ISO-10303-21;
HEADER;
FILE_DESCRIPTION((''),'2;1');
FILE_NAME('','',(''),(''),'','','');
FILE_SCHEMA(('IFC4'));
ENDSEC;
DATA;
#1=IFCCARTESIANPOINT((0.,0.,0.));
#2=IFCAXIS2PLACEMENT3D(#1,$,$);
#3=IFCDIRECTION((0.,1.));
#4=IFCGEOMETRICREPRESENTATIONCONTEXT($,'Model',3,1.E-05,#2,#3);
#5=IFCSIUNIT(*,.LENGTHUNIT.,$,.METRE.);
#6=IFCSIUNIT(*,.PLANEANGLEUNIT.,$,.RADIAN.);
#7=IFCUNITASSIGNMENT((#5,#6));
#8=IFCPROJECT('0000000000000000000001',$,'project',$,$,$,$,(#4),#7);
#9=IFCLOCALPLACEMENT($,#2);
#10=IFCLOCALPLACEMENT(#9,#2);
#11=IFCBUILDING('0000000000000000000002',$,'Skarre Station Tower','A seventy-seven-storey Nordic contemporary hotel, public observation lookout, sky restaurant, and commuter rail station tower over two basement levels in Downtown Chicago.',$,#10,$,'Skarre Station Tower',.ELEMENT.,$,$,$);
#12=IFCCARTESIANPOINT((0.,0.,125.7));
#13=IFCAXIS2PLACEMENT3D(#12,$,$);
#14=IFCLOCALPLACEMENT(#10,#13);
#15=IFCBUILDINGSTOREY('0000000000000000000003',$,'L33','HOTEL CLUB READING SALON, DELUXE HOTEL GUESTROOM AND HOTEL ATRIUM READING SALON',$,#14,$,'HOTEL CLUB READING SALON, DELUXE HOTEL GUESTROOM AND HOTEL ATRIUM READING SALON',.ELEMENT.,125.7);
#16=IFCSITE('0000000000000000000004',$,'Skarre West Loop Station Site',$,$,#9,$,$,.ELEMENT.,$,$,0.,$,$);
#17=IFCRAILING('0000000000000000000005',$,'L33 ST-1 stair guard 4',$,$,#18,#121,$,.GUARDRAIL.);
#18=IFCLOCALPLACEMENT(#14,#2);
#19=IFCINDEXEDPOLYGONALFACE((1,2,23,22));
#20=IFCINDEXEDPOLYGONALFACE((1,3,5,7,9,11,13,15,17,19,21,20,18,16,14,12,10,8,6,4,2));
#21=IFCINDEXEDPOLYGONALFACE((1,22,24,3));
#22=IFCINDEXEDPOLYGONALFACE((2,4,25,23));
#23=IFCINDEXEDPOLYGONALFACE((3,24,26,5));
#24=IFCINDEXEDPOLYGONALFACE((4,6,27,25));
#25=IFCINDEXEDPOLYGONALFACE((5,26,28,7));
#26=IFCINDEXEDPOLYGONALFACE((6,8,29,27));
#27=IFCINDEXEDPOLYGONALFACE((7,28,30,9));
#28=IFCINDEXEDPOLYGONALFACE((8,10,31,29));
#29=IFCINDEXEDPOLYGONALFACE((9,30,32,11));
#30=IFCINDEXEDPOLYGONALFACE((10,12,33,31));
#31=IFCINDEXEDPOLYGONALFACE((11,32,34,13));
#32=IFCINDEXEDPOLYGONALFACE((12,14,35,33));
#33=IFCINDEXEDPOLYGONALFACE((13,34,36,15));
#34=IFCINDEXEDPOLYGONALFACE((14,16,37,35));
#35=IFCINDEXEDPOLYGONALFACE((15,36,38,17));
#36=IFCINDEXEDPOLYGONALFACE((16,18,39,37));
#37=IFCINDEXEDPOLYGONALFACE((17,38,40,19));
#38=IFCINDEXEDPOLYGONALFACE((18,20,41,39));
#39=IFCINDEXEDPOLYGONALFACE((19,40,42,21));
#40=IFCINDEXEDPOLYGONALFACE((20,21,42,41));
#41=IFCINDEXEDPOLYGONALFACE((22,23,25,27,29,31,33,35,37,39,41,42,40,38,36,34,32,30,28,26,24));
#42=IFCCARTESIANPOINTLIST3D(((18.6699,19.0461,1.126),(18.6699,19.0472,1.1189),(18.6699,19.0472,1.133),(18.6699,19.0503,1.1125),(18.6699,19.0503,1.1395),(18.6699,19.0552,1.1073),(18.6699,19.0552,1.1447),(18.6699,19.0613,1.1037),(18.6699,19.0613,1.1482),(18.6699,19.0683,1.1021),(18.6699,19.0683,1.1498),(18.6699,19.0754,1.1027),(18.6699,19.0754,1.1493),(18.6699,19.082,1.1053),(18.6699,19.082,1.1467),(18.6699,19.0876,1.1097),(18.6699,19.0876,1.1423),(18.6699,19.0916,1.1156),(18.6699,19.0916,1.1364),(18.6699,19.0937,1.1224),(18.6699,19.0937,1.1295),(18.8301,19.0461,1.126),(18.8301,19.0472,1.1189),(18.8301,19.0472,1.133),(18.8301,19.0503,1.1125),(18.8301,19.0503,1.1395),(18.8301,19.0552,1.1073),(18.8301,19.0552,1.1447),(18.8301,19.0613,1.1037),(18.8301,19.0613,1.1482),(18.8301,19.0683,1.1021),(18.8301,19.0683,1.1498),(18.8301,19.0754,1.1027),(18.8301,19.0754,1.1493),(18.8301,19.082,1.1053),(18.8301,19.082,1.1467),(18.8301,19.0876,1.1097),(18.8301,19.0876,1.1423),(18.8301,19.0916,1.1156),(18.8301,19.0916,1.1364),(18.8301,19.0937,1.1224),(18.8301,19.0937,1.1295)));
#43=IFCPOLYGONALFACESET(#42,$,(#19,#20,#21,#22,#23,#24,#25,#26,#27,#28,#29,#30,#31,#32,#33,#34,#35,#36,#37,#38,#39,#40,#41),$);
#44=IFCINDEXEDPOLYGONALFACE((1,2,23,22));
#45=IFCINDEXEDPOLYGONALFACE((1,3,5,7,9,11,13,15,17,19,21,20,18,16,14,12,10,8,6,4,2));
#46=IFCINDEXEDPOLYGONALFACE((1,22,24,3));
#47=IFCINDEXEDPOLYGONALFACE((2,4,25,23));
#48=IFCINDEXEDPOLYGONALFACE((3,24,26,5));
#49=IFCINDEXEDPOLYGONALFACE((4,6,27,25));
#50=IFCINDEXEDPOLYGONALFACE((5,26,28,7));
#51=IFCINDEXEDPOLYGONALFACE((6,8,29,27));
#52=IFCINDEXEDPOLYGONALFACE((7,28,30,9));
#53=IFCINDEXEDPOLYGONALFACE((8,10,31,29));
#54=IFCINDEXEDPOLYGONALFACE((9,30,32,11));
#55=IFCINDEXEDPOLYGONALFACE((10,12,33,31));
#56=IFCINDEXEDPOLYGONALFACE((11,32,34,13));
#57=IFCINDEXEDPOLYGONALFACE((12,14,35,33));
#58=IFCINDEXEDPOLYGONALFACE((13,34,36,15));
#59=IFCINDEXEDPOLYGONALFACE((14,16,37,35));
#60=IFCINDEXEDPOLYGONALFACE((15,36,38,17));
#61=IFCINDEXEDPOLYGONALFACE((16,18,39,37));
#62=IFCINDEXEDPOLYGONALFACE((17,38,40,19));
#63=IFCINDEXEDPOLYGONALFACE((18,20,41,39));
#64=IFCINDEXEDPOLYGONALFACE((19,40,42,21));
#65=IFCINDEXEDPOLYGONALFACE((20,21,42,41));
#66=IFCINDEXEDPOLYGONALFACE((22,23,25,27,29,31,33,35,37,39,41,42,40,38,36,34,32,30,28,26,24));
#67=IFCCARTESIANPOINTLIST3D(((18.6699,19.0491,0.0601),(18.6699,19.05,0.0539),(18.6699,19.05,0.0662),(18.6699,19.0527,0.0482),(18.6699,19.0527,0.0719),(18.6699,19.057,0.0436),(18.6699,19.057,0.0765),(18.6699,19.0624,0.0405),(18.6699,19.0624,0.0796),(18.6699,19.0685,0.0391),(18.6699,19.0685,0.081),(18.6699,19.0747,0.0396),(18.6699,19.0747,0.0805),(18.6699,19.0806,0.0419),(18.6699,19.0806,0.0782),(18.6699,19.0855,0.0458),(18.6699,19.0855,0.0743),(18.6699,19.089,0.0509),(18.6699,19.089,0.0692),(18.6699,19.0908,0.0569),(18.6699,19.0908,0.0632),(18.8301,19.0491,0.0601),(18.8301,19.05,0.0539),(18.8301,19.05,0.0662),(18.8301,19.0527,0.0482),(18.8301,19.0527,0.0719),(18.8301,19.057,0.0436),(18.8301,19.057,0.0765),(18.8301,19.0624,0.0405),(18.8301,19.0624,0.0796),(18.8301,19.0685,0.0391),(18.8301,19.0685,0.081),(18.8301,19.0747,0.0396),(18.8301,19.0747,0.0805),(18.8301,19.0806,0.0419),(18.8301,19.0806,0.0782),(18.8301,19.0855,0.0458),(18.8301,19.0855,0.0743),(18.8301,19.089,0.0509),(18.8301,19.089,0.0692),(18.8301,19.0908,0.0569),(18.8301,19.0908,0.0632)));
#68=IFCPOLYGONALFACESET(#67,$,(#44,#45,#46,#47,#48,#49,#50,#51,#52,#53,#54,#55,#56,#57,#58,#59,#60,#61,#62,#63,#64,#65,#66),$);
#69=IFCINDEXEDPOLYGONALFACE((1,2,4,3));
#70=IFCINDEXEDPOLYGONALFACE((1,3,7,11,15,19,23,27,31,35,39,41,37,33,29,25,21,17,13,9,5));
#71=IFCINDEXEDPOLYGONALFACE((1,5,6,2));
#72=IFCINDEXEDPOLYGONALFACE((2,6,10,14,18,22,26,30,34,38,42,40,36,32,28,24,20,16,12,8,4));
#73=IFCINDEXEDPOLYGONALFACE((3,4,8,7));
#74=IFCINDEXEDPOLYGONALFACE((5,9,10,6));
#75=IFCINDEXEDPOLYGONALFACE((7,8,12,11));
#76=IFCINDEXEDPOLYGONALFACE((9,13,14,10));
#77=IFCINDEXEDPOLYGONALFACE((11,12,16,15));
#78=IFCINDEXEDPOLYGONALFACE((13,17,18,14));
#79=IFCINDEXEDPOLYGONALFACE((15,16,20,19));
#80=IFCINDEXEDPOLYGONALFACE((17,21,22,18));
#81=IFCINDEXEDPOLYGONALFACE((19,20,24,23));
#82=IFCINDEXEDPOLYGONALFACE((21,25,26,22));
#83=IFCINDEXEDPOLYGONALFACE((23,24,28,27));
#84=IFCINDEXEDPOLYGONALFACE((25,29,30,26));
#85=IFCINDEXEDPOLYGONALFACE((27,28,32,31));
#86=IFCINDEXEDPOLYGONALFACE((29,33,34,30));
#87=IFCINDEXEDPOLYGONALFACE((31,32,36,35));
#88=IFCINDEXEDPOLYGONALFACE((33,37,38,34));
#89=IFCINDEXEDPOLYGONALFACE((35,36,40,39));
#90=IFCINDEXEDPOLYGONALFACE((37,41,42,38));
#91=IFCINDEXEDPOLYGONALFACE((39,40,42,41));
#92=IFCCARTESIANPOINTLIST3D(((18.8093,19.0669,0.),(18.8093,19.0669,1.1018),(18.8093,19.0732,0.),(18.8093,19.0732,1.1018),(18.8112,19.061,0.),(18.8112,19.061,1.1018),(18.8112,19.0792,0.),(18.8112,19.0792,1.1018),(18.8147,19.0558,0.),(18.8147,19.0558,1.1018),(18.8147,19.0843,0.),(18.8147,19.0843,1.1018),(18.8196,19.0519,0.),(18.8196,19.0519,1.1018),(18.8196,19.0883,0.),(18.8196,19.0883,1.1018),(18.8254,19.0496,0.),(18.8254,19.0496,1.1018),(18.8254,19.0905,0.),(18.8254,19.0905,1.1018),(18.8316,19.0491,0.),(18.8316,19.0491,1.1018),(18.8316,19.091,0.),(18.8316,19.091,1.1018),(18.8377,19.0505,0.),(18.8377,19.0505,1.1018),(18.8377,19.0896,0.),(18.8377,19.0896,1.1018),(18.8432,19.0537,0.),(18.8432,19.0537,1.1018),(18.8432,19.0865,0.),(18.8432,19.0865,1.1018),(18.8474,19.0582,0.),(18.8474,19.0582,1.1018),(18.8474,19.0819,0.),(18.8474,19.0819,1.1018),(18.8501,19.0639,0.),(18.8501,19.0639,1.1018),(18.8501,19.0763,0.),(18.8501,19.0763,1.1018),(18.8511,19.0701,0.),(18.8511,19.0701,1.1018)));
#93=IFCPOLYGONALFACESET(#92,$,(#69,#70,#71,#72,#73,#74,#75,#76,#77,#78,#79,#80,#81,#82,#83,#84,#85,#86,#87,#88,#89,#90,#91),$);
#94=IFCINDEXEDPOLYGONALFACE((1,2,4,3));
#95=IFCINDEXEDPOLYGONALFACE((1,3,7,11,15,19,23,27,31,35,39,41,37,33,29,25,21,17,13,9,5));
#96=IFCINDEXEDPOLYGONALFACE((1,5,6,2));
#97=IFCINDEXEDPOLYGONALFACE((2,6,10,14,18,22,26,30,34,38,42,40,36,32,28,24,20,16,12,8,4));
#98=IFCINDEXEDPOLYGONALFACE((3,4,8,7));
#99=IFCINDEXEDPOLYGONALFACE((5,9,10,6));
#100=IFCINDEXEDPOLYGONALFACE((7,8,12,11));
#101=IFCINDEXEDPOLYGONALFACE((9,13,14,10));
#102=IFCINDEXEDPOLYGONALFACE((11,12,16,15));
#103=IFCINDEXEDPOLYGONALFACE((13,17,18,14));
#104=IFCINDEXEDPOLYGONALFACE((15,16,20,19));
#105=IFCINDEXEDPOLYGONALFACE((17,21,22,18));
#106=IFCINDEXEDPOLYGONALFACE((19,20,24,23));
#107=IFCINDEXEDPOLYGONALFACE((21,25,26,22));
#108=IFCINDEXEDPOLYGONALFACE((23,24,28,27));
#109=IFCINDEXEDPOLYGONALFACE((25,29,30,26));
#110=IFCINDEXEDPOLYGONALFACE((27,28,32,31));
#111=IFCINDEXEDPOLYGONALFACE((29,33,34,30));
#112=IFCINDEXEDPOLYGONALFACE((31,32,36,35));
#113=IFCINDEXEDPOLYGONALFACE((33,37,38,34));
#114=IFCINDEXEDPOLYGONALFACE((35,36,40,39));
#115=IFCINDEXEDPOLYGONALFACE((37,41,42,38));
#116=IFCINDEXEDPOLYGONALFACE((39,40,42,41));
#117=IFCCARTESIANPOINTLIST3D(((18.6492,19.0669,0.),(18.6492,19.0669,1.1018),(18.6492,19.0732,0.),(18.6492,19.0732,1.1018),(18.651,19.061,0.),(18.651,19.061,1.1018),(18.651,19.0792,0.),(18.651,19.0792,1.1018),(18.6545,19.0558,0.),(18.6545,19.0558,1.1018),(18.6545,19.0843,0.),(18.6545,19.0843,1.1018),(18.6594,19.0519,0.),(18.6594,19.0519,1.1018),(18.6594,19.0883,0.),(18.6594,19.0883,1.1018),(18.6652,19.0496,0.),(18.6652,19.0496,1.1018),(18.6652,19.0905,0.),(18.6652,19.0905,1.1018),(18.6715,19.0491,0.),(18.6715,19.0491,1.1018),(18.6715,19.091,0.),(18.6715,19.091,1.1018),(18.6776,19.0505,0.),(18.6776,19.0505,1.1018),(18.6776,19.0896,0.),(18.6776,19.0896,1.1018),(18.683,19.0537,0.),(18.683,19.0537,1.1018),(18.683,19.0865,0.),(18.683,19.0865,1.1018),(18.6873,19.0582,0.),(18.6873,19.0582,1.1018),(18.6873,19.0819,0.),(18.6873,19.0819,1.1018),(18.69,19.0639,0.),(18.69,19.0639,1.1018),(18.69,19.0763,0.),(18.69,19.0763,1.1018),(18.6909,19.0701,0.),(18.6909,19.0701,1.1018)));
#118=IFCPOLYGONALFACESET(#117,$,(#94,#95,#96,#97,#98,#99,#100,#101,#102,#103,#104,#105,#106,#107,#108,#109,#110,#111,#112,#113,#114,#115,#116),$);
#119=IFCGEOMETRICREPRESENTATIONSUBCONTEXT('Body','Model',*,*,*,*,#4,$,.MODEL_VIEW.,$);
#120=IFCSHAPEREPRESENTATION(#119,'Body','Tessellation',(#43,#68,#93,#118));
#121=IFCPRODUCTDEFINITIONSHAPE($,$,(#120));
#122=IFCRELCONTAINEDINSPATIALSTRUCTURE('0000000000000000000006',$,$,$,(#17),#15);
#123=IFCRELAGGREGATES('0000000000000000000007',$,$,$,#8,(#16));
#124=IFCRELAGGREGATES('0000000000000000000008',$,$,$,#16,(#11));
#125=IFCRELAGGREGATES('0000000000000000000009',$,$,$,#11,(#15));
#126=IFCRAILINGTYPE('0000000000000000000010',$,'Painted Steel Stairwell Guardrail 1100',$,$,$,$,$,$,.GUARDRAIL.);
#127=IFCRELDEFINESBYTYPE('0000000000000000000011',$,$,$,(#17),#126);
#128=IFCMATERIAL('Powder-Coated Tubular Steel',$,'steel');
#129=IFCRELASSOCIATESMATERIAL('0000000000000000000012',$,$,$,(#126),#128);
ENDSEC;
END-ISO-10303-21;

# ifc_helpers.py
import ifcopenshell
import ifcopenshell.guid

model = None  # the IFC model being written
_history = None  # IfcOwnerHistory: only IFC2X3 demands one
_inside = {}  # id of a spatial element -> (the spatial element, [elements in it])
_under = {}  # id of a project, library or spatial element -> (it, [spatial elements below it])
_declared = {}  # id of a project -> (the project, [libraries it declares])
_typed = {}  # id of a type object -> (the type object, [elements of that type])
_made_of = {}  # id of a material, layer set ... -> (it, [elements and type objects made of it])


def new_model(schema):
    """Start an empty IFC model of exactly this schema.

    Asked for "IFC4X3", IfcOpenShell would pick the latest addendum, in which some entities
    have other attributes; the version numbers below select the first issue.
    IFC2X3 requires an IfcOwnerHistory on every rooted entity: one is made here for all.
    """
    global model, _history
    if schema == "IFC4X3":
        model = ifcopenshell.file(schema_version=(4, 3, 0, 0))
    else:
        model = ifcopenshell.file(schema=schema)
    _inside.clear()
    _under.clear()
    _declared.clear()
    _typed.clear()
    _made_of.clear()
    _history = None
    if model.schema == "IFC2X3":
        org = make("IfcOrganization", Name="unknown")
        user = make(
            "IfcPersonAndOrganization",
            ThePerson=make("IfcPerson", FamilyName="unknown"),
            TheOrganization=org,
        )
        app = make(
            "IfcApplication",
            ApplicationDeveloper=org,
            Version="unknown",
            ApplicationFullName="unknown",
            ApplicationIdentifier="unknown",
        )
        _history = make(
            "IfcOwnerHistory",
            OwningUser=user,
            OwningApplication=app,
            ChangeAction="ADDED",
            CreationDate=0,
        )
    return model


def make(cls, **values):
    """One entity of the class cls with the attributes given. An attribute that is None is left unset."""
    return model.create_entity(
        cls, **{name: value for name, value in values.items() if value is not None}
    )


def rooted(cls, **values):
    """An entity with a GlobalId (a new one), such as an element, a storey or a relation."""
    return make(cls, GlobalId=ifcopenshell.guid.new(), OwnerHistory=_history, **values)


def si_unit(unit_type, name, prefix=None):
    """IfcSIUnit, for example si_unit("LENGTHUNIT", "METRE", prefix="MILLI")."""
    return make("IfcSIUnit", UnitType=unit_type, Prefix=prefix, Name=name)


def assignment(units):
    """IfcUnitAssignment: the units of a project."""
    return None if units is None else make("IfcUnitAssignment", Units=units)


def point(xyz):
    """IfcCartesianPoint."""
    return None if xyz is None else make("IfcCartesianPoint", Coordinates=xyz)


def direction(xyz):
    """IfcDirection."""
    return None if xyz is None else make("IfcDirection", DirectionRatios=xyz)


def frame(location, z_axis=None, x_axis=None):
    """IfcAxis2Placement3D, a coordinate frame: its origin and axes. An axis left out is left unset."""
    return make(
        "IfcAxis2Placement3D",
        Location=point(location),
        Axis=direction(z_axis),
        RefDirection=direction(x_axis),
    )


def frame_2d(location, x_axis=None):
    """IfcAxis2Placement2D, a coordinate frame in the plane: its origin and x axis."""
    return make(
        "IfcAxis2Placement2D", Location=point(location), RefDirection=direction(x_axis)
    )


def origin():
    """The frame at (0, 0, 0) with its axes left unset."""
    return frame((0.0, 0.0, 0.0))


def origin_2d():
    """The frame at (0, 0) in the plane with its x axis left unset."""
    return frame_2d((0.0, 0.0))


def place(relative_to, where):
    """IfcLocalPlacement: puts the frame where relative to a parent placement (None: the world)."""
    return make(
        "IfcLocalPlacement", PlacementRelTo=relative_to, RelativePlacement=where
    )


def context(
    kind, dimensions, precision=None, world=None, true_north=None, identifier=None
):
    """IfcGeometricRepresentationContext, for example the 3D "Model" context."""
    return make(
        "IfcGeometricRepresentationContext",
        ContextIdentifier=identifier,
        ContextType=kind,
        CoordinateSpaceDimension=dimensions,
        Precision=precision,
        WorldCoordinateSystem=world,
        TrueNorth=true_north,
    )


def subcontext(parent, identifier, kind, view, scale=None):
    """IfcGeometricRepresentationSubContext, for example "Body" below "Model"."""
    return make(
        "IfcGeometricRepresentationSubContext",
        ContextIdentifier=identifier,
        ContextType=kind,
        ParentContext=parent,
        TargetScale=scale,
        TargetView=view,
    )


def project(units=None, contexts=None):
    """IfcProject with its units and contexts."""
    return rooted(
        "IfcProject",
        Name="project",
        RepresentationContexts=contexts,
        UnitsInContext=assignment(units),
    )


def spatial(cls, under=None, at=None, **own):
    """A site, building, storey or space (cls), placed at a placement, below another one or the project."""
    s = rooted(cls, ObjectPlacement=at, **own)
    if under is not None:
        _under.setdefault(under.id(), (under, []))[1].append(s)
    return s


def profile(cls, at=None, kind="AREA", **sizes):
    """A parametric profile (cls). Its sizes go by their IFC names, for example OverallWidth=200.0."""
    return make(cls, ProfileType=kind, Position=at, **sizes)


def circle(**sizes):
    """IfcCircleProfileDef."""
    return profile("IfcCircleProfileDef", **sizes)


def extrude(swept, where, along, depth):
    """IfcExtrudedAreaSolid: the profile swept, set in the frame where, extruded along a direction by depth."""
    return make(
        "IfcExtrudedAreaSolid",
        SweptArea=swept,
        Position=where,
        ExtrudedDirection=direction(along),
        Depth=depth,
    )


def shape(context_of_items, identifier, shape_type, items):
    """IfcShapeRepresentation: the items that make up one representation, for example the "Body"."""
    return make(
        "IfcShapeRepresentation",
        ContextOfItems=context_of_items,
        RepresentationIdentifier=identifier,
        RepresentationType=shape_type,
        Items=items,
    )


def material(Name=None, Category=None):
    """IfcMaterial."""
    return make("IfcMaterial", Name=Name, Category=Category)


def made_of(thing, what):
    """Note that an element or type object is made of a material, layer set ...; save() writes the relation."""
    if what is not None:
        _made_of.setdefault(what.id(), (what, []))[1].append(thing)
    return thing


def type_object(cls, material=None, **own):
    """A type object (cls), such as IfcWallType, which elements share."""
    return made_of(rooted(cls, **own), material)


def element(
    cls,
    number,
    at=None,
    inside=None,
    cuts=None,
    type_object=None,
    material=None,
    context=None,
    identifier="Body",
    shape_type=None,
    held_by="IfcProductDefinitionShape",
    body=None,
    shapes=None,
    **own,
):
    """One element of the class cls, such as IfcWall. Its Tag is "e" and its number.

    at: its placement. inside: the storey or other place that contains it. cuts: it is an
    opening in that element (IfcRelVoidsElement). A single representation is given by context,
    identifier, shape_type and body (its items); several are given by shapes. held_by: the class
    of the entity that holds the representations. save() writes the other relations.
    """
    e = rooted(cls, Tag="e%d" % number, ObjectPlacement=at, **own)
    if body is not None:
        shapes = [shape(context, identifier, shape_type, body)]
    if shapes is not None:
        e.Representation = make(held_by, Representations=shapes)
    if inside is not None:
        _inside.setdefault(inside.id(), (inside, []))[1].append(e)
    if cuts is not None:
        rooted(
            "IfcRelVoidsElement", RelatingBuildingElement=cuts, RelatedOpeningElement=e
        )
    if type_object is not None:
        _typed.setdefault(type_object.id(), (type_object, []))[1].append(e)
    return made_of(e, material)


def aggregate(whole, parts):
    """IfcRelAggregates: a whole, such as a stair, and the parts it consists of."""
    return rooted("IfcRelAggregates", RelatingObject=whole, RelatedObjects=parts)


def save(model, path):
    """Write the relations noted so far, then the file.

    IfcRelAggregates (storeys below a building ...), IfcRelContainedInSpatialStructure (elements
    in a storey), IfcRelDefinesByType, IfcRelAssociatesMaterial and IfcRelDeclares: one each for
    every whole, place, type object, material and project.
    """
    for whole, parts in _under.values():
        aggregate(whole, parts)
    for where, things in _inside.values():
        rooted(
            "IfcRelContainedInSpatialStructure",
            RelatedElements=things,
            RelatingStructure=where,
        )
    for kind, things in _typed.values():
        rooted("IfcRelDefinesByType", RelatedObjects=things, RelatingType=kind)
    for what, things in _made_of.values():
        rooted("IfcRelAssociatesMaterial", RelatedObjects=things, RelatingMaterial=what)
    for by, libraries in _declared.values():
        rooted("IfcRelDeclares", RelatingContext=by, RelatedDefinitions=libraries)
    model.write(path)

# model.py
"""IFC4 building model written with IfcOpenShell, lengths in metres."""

from ifc_helpers import new_model, si_unit, direction, frame, origin, origin_2d, place, context, subcontext, project, spatial, circle, extrude, material, type_object, element, save


model = new_model("IFC4")

# Units and contexts
model_context = context("Model", 3, precision=1e-05, world=origin(), true_north=direction((0.0, 1.0)))
body_context = subcontext(model_context, "Body", "Model", "MODEL_VIEW")
ifc_project = project(units=[si_unit("LENGTHUNIT", "METRE"), si_unit("PLANEANGLEUNIT", "RADIAN")], contexts=[model_context])

# Site, building, storey
site_placement = place(None, origin())
site = spatial("IfcSite", under=ifc_project, at=site_placement, Name="Skarre West Loop Station Site", CompositionType="ELEMENT", RefElevation=0.0)
building_placement = place(site_placement, origin())
building = spatial("IfcBuilding", under=site, at=building_placement, Name="Skarre Station Tower", Description="A seventy-seven-storey Nordic contemporary hotel, public observation lookout, sky restaurant, and commuter rail station tower over two basement levels in Downtown Chicago.", LongName="Skarre Station Tower", CompositionType="ELEMENT")
storey_placement = place(building_placement, frame((0.0, 0.0, 125.7)))
storey = spatial("IfcBuildingStorey", under=building, at=storey_placement, Name="L33", Description="HOTEL CLUB READING SALON, DELUXE HOTEL GUESTROOM AND HOTEL ATRIUM READING SALON", LongName="HOTEL CLUB READING SALON, DELUXE HOTEL GUESTROOM AND HOTEL ATRIUM READING SALON", CompositionType="ELEMENT", Elevation=125.7)

# Railing
ifc_material_1 = material(Name="Powder-Coated Tubular Steel", Category="steel")
railing_type_1 = type_object("IfcRailingType", Name="Painted Steel Stairwell Guardrail 1100", PredefinedType="GUARDRAIL", material=ifc_material_1)
railing_1_placement = place(storey_placement, frame((18.8301, 19.0701, 0.0)))
element("IfcRailing", 1, at=railing_1_placement, inside=storey, type_object=railing_type_1, Name="L33 ST-1 stair guard 4", PredefinedType="GUARDRAIL", context=body_context, shape_type="SweptSolid", body=[
    extrude(circle(Radius=0.0239, at=origin_2d()), frame((0.0, 0.0, 1.126), z_axis=(-1.0, 0.0, 0.0), x_axis=(0.0, -1.0, 0.0)), (0.0, 0.0, 1.0), 0.1602),
    extrude(circle(Radius=0.021, at=origin_2d()), frame((0.0, 0.0, 0.0601), z_axis=(-1.0, 0.0, 0.0), x_axis=(0.0, -1.0, 0.0)), (0.0, 0.0, 1.0), 0.1602),
    extrude(circle(Radius=0.021, at=origin_2d()), origin(), (0.0, 0.0, 1.0), 1.1018),
    extrude(circle(Radius=0.021, at=origin_2d()), frame((-0.1602, 0.0, 0.0)), (0.0, 0.0, 1.0), 1.1018),
])

save(model, "model.ifc")
